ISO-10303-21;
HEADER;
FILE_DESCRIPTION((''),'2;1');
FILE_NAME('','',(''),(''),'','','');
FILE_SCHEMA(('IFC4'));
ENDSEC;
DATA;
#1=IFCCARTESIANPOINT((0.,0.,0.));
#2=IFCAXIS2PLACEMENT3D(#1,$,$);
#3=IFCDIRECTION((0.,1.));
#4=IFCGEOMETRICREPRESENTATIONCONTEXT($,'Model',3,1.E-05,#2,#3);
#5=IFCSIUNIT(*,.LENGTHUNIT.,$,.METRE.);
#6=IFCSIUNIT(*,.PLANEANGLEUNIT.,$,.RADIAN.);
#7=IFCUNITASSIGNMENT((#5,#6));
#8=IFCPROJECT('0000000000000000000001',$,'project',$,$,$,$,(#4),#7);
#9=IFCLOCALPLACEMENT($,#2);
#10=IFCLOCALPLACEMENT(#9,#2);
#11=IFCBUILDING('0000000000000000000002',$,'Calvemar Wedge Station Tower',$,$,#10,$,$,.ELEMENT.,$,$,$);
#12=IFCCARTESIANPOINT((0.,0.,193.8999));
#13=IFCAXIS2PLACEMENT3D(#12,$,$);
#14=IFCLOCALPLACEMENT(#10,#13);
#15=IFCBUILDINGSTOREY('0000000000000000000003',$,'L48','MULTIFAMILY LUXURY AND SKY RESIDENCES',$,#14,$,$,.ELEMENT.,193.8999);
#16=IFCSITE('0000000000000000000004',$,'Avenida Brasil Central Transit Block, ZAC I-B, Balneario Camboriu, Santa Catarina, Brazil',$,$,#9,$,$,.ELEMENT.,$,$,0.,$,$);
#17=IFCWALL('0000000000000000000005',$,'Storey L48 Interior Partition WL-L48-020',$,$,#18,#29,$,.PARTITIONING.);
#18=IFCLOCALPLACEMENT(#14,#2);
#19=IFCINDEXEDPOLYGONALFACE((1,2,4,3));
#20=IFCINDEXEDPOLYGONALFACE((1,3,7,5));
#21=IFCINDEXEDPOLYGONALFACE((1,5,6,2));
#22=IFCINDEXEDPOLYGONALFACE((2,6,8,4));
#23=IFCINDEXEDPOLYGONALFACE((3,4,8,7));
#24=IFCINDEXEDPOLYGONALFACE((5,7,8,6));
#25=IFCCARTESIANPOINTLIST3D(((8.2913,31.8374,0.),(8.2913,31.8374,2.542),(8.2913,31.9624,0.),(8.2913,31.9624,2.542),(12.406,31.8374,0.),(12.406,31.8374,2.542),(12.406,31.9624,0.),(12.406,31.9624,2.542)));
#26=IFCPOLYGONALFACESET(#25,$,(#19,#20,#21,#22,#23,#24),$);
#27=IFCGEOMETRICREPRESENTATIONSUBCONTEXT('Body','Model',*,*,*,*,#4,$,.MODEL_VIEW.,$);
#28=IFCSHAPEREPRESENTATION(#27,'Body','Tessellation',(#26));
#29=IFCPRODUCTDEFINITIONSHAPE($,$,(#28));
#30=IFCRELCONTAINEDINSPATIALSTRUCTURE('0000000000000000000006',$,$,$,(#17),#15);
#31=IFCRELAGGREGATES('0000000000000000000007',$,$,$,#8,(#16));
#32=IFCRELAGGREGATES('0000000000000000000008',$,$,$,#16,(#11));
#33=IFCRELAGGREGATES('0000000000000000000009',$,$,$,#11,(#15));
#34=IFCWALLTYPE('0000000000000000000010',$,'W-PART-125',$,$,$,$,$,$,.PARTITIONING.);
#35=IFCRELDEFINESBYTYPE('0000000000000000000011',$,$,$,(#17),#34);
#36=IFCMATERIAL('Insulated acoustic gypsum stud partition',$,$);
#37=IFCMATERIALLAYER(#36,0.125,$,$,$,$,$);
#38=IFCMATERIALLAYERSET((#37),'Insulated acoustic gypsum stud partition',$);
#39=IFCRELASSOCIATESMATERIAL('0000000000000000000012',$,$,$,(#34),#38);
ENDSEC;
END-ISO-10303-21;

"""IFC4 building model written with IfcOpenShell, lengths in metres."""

from ifc_helpers import new_model, si_unit, direction, frame, frame_2d, origin, place, context, subcontext, project, spatial, rectangle, extrude, material, layer, layer_set, type_object, element, save


model = new_model("IFC4")

# Units and contexts
model_context = context("Model", 3, precision=1e-05, world=origin(), true_north=direction((0.0, 1.0)))
body_context = subcontext(model_context, "Body", "Model", "MODEL_VIEW")
ifc_project = project(units=[si_unit("LENGTHUNIT", "METRE"), si_unit("PLANEANGLEUNIT", "RADIAN")], contexts=[model_context])

# Site, building, storey
site_placement = place(None, origin())
site = spatial("IfcSite", under=ifc_project, at=site_placement, Name="Avenida Brasil Central Transit Block, ZAC I-B, Balneario Camboriu, Santa Catarina, Brazil", CompositionType="ELEMENT", RefElevation=0.0)
building_placement = place(site_placement, origin())
building = spatial("IfcBuilding", under=site, at=building_placement, Name="Calvemar Wedge Station Tower", CompositionType="ELEMENT")
storey_placement = place(building_placement, frame((0.0, 0.0, 193.8999)))
storey = spatial("IfcBuildingStorey", under=building, at=storey_placement, Name="L48", Description="MULTIFAMILY LUXURY AND SKY RESIDENCES", CompositionType="ELEMENT", Elevation=193.8999)

# Wall
ifc_material_1 = material(Name="Insulated acoustic gypsum stud partition")
ifc_layer_1 = layer(ifc_material_1, 0.125)
ifc_layer_set_1 = layer_set([ifc_layer_1], Name="Insulated acoustic gypsum stud partition")
wall_type_1 = type_object("IfcWallType", Name="W-PART-125", PredefinedType="PARTITIONING", material=ifc_layer_set_1)
wall_1_placement = place(storey_placement, frame((12.406, 31.8999, 0.0), z_axis=(0.0, 0.0, 1.0), x_axis=(-1.0, 0.0, 0.0)))
element("IfcWall", 1, at=wall_1_placement, inside=storey, type_object=wall_type_1, Name="Storey L48 Interior Partition WL-L48-020", PredefinedType="PARTITIONING", context=body_context, shape_type="SweptSolid", body=[
    extrude(rectangle(XDim=4.1147, YDim=0.125, at=frame_2d((2.0574, 0.0))), origin(), (0.0, 0.0, 1.0), 2.542),
])

save(model, "model.ifc")
